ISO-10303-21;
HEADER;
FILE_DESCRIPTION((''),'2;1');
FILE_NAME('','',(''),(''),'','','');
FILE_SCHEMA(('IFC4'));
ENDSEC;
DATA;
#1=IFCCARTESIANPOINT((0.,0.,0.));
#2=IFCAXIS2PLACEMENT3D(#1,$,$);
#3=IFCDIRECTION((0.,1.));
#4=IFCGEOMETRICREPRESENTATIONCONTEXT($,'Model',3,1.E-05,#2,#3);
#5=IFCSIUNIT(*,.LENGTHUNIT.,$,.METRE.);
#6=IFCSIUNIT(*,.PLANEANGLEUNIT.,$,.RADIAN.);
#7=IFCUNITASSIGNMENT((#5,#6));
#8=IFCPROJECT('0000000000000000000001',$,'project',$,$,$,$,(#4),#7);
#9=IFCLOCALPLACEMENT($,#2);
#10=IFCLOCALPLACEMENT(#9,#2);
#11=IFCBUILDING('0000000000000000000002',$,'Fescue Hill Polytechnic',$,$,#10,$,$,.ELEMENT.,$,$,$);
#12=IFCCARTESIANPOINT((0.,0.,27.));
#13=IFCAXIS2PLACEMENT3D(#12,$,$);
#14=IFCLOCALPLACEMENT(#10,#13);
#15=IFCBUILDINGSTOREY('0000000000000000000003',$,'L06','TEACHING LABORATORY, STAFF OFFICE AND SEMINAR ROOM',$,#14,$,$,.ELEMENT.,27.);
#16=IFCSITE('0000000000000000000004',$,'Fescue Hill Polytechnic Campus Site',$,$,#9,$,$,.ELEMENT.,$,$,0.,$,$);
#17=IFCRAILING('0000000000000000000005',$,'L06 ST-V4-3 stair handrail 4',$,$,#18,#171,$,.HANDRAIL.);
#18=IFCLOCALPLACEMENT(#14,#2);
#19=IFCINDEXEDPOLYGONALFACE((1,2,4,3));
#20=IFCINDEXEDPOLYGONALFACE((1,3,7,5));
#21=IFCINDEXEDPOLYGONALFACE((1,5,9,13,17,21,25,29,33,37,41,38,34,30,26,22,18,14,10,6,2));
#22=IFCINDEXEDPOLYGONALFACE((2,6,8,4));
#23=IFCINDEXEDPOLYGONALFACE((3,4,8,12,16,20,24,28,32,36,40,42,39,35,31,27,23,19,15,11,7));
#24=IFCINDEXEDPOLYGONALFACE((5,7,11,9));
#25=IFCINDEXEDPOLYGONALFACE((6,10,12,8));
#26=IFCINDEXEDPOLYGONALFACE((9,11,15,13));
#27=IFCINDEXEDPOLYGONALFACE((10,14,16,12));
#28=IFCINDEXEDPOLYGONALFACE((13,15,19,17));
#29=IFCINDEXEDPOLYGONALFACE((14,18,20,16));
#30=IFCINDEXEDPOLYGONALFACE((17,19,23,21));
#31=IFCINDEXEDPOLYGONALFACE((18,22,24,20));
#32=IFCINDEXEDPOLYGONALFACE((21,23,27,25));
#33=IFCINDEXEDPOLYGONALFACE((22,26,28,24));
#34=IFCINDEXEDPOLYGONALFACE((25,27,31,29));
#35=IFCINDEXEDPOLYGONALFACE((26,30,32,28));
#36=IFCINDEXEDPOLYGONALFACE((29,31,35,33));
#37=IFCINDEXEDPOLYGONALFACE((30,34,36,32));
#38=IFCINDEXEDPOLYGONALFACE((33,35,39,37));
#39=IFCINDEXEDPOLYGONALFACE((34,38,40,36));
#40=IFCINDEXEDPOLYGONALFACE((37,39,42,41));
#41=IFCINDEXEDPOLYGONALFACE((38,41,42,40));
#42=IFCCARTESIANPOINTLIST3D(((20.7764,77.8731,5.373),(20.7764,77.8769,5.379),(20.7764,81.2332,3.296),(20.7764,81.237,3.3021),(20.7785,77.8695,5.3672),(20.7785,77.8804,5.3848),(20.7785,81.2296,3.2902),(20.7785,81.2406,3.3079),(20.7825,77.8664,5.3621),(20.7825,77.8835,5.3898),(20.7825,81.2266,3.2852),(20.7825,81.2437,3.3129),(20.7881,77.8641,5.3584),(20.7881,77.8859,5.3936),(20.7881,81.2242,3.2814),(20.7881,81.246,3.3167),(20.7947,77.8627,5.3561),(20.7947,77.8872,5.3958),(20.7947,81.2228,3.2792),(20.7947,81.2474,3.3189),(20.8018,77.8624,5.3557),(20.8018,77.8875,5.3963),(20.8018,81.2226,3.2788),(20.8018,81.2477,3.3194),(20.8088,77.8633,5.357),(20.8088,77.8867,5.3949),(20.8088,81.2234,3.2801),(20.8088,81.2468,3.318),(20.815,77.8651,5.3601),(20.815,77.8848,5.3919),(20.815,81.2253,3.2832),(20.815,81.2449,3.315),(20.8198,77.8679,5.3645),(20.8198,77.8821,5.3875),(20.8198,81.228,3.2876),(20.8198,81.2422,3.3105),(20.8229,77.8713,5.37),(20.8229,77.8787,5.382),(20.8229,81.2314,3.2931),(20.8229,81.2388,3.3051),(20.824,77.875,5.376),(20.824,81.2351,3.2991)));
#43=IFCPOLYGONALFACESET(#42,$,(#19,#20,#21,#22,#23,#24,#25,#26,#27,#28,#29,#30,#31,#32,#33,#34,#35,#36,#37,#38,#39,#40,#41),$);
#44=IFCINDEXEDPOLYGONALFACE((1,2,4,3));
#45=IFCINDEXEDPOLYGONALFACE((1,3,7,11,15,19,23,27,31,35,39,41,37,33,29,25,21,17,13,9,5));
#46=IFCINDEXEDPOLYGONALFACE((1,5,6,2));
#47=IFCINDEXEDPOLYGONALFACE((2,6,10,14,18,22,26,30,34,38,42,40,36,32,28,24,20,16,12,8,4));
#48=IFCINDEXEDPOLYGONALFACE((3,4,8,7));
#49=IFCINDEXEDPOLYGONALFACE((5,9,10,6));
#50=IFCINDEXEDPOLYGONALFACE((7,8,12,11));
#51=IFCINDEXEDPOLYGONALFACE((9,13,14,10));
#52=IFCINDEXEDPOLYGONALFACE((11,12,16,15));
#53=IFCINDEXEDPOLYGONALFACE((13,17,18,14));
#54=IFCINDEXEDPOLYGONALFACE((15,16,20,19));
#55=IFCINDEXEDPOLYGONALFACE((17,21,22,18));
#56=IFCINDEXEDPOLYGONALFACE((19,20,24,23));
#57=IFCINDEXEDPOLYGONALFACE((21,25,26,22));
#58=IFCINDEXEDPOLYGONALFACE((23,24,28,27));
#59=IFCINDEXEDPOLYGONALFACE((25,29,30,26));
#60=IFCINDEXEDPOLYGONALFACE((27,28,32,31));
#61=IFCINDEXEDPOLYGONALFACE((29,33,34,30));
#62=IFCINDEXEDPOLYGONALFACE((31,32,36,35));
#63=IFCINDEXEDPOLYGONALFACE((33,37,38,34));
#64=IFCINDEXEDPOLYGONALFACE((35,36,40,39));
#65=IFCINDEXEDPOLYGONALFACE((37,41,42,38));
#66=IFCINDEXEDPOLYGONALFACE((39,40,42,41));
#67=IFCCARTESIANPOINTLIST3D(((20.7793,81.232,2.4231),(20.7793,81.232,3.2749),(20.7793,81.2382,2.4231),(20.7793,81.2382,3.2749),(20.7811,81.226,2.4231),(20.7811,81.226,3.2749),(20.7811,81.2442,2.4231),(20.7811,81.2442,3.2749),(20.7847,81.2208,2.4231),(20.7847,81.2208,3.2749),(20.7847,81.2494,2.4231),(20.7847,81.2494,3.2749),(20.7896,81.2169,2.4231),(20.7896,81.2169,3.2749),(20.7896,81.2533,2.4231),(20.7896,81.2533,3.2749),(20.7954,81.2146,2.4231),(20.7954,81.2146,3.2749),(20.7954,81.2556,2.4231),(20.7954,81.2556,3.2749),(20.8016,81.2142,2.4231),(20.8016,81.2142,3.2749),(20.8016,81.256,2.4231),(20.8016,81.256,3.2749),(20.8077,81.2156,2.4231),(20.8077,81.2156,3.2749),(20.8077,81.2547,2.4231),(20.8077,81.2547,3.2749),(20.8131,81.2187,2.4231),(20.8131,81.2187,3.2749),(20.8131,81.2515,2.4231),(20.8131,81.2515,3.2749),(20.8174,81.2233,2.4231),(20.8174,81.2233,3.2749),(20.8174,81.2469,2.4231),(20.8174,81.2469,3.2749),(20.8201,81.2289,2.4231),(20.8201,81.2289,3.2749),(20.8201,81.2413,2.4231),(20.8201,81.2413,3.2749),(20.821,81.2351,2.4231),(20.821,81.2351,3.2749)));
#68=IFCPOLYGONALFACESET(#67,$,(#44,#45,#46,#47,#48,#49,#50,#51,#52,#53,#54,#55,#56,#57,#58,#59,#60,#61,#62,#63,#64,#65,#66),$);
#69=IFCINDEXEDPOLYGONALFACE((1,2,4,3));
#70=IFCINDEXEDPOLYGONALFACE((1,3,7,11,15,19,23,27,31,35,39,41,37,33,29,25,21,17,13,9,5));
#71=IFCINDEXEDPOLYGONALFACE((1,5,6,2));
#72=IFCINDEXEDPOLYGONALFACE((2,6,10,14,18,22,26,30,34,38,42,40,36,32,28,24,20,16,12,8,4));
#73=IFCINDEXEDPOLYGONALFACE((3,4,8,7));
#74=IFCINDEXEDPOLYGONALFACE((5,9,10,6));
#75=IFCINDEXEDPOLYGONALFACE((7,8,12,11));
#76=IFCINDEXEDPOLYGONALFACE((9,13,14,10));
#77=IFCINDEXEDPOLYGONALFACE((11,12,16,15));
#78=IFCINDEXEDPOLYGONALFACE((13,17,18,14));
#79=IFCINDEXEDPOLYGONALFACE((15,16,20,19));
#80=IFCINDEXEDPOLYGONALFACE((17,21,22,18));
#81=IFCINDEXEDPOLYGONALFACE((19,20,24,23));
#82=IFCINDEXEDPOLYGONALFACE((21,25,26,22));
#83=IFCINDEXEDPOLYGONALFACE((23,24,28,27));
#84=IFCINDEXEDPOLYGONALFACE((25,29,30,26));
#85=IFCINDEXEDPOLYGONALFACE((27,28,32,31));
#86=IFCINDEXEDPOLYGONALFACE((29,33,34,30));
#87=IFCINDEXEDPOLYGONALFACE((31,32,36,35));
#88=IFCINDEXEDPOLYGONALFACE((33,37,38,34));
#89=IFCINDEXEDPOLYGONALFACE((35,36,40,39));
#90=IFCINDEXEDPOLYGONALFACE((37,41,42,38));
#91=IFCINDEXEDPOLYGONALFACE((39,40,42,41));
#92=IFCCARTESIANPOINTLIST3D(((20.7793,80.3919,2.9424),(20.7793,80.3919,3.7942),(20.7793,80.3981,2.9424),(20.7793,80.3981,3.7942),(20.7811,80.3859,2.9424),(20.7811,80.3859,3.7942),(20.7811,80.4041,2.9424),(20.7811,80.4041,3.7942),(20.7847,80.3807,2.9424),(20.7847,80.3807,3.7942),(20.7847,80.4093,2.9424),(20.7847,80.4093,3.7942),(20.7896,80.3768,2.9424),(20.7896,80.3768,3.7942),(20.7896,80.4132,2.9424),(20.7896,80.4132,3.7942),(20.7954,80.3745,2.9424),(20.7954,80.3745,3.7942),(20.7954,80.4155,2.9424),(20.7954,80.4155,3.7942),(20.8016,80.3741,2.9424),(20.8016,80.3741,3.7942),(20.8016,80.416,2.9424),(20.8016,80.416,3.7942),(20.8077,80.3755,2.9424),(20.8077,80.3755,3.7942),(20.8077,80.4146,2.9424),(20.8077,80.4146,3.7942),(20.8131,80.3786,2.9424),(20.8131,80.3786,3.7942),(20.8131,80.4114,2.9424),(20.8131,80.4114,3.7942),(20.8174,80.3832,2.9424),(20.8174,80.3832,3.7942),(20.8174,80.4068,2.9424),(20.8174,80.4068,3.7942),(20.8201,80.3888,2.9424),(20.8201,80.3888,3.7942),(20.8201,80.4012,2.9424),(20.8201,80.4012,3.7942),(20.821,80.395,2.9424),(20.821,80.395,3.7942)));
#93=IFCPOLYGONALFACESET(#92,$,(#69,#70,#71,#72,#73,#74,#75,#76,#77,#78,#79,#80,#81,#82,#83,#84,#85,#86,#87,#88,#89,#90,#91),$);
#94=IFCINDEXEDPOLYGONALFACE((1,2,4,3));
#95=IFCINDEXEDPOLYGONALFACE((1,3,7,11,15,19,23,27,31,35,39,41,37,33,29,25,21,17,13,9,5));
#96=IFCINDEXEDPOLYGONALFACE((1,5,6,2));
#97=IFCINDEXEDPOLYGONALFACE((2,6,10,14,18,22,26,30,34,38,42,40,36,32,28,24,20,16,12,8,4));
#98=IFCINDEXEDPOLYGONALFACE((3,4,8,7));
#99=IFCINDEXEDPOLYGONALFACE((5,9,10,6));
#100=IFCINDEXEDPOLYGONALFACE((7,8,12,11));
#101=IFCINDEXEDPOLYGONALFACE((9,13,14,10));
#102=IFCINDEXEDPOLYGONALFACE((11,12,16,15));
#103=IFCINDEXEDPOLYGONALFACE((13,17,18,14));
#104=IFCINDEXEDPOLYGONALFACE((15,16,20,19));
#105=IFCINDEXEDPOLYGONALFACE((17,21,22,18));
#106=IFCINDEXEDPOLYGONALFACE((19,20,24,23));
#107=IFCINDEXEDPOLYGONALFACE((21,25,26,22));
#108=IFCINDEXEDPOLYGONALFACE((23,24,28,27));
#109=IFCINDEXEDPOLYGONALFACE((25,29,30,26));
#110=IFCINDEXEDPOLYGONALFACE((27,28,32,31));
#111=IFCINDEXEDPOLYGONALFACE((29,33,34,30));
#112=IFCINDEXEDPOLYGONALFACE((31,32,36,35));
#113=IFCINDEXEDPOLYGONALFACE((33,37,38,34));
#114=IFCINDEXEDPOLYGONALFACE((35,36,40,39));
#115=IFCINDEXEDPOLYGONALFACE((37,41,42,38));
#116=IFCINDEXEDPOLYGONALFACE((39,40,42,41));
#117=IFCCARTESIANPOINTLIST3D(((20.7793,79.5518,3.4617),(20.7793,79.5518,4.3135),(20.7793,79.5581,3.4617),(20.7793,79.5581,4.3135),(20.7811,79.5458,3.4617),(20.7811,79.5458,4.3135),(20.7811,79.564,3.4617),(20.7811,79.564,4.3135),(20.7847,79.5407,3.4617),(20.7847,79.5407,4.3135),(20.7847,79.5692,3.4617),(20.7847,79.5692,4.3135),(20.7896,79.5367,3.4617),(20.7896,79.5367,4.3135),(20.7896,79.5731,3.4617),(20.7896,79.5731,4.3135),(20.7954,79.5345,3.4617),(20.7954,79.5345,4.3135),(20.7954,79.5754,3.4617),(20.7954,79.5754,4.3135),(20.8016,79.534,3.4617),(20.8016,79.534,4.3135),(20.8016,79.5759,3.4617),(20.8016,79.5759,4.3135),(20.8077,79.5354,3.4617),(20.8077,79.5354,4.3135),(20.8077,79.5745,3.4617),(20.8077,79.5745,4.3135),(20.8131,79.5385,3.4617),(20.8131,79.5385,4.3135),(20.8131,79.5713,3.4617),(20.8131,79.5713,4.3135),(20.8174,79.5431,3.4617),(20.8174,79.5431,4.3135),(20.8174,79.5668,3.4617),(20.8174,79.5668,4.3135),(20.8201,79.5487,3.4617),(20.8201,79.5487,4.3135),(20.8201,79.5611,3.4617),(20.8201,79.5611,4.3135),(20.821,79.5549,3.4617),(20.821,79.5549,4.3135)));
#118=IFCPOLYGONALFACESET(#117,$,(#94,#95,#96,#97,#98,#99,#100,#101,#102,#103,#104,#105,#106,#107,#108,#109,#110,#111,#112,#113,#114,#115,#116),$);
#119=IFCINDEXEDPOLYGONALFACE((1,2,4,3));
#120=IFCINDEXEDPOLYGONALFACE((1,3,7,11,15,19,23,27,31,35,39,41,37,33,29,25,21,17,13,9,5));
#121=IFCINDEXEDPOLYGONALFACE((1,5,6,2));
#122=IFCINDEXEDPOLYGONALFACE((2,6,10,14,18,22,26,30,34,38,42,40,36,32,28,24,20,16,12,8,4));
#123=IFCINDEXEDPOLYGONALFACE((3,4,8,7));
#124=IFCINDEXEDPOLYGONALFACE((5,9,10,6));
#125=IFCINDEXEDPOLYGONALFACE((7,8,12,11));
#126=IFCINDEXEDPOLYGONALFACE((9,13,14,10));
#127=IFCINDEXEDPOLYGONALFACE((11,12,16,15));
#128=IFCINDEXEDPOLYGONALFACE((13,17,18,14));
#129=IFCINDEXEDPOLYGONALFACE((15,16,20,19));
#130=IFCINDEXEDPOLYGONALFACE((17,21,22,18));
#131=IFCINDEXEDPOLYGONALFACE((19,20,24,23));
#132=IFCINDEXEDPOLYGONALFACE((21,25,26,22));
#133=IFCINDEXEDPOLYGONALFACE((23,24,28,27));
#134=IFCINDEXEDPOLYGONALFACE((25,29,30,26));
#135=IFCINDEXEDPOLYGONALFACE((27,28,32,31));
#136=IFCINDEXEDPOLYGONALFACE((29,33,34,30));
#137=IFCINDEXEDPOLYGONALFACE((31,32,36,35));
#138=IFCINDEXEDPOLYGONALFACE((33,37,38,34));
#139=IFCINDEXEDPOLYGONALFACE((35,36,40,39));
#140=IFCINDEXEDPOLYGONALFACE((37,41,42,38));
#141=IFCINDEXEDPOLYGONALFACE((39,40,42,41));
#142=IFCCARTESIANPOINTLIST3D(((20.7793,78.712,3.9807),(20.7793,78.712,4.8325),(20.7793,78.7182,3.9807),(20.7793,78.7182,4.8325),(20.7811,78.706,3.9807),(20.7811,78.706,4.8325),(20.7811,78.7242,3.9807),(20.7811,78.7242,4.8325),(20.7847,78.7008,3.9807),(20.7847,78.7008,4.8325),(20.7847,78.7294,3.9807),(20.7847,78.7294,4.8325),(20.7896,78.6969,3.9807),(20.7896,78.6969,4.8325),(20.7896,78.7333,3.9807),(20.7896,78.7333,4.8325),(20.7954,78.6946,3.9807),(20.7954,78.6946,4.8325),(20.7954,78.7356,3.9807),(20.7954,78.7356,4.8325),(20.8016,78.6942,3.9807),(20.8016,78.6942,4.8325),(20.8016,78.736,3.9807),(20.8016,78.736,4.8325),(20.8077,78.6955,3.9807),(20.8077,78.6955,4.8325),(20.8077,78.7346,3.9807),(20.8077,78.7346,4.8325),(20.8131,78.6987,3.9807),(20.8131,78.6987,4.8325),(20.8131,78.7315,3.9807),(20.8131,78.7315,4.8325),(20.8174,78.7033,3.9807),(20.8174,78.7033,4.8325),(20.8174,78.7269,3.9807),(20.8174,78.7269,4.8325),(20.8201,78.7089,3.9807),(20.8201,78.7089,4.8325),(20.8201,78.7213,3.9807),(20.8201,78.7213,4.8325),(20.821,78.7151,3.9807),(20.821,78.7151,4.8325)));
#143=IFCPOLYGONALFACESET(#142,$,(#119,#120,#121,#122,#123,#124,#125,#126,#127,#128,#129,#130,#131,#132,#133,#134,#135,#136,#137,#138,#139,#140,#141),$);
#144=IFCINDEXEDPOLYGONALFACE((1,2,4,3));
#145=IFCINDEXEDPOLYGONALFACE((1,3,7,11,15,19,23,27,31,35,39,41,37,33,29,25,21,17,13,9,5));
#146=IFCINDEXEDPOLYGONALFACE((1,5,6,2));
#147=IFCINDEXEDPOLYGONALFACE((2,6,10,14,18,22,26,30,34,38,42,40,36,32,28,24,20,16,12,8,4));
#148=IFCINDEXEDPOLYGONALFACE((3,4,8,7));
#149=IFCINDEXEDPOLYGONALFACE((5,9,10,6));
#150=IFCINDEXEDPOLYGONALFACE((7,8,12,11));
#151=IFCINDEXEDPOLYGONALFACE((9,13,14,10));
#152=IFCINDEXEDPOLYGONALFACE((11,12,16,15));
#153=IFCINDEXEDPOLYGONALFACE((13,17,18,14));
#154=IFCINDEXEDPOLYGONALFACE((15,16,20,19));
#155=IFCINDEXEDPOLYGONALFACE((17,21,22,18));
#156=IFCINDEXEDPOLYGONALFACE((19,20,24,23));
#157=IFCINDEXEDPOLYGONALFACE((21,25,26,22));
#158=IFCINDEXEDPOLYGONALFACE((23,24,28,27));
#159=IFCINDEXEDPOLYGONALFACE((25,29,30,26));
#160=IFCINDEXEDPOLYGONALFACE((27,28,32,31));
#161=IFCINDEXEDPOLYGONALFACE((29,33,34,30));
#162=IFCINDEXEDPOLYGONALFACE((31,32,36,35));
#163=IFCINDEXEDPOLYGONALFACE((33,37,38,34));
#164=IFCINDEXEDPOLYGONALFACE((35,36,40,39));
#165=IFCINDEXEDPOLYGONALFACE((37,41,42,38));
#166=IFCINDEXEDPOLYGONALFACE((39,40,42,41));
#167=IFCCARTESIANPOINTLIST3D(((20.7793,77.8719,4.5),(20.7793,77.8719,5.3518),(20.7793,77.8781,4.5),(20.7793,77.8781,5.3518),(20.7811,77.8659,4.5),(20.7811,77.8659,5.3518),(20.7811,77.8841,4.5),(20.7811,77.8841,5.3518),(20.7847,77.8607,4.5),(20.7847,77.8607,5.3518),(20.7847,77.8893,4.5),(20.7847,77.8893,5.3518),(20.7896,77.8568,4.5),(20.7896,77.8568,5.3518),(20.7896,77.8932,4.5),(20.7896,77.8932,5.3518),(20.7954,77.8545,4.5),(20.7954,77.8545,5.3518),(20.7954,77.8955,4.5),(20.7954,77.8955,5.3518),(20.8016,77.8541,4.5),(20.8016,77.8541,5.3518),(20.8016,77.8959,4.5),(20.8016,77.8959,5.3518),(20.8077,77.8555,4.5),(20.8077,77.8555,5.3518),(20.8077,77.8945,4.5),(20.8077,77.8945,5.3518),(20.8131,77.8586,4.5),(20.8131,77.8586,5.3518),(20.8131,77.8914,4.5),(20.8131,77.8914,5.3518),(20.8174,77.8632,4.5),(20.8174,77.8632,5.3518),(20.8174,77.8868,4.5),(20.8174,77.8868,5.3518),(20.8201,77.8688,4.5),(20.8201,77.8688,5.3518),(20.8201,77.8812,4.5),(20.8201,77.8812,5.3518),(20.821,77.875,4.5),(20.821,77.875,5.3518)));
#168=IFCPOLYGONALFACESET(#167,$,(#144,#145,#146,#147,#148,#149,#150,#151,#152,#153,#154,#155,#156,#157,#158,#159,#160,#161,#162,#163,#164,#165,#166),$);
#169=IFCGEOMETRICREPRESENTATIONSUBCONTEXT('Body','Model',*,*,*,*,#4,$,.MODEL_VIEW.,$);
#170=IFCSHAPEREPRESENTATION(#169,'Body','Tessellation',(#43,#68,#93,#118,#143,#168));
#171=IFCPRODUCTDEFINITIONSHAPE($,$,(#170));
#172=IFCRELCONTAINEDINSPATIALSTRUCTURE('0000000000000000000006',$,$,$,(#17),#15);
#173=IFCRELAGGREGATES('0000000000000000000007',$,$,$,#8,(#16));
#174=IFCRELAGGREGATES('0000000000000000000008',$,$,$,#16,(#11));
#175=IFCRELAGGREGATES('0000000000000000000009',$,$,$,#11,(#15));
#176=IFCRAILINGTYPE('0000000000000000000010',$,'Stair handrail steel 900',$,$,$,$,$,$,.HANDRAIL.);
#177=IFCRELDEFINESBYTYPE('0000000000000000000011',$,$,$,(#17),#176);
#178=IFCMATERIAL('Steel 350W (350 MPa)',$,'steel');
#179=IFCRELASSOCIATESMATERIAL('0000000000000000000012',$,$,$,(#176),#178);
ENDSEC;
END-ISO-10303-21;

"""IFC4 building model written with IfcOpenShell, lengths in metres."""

from ifc_helpers import new_model, si_unit, direction, frame, origin, origin_2d, place, context, subcontext, project, spatial, circle, extrude, material, type_object, element, save


model = new_model("IFC4")

# Units and contexts
model_context = context("Model", 3, precision=1e-05, world=origin(), true_north=direction((0.0, 1.0)))
body_context = subcontext(model_context, "Body", "Model", "MODEL_VIEW")
ifc_project = project(units=[si_unit("LENGTHUNIT", "METRE"), si_unit("PLANEANGLEUNIT", "RADIAN")], contexts=[model_context])

# Site, building, storey
site_placement = place(None, origin())
site = spatial("IfcSite", under=ifc_project, at=site_placement, Name="Fescue Hill Polytechnic Campus Site", CompositionType="ELEMENT", RefElevation=0.0)
building_placement = place(site_placement, origin())
building = spatial("IfcBuilding", under=site, at=building_placement, Name="Fescue Hill Polytechnic", CompositionType="ELEMENT")
storey_placement = place(building_placement, frame((0.0, 0.0, 27.0)))
storey = spatial("IfcBuildingStorey", under=building, at=storey_placement, Name="L06", Description="TEACHING LABORATORY, STAFF OFFICE AND SEMINAR ROOM", CompositionType="ELEMENT", Elevation=27.0)

# Railing
ifc_material_1 = material(Name="Steel 350W (350 MPa)", Category="steel")
railing_type_1 = type_object("IfcRailingType", Name="Stair handrail steel 900", PredefinedType="HANDRAIL", material=ifc_material_1)
railing_1_placement = place(storey_placement, frame((20.8, 81.2351, 2.4231)))
element("IfcRailing", 1, at=railing_1_placement, inside=storey, type_object=railing_type_1, Name="L06 ST-V4-3 stair handrail 4", PredefinedType="HANDRAIL", context=body_context, shape_type="SweptSolid", body=[
    extrude(circle(Radius=0.0239, at=origin_2d()), frame((0.0, 0.0, 0.876), z_axis=(0.0, -0.850623, 0.525776), x_axis=(1.0, 0.0, 0.0)), (0.0, 0.0, 1.0), 3.9502),
    extrude(circle(Radius=0.021, at=origin_2d()), origin(), (0.0, 0.0, 1.0), 0.8518),
    extrude(circle(Radius=0.021, at=origin_2d()), frame((0.0, -0.8401, 0.5193)), (0.0, 0.0, 1.0), 0.8518),
    extrude(circle(Radius=0.021, at=origin_2d()), frame((0.0, -1.6802, 1.0386)), (0.0, 0.0, 1.0), 0.8518),
    extrude(circle(Radius=0.021, at=origin_2d()), frame((0.0, -2.52, 1.5576)), (0.0, 0.0, 1.0), 0.8518),
    extrude(circle(Radius=0.021, at=origin_2d()), frame((0.0, -3.3601, 2.0769)), (0.0, 0.0, 1.0), 0.8518),
])

save(model, "model.ifc")
